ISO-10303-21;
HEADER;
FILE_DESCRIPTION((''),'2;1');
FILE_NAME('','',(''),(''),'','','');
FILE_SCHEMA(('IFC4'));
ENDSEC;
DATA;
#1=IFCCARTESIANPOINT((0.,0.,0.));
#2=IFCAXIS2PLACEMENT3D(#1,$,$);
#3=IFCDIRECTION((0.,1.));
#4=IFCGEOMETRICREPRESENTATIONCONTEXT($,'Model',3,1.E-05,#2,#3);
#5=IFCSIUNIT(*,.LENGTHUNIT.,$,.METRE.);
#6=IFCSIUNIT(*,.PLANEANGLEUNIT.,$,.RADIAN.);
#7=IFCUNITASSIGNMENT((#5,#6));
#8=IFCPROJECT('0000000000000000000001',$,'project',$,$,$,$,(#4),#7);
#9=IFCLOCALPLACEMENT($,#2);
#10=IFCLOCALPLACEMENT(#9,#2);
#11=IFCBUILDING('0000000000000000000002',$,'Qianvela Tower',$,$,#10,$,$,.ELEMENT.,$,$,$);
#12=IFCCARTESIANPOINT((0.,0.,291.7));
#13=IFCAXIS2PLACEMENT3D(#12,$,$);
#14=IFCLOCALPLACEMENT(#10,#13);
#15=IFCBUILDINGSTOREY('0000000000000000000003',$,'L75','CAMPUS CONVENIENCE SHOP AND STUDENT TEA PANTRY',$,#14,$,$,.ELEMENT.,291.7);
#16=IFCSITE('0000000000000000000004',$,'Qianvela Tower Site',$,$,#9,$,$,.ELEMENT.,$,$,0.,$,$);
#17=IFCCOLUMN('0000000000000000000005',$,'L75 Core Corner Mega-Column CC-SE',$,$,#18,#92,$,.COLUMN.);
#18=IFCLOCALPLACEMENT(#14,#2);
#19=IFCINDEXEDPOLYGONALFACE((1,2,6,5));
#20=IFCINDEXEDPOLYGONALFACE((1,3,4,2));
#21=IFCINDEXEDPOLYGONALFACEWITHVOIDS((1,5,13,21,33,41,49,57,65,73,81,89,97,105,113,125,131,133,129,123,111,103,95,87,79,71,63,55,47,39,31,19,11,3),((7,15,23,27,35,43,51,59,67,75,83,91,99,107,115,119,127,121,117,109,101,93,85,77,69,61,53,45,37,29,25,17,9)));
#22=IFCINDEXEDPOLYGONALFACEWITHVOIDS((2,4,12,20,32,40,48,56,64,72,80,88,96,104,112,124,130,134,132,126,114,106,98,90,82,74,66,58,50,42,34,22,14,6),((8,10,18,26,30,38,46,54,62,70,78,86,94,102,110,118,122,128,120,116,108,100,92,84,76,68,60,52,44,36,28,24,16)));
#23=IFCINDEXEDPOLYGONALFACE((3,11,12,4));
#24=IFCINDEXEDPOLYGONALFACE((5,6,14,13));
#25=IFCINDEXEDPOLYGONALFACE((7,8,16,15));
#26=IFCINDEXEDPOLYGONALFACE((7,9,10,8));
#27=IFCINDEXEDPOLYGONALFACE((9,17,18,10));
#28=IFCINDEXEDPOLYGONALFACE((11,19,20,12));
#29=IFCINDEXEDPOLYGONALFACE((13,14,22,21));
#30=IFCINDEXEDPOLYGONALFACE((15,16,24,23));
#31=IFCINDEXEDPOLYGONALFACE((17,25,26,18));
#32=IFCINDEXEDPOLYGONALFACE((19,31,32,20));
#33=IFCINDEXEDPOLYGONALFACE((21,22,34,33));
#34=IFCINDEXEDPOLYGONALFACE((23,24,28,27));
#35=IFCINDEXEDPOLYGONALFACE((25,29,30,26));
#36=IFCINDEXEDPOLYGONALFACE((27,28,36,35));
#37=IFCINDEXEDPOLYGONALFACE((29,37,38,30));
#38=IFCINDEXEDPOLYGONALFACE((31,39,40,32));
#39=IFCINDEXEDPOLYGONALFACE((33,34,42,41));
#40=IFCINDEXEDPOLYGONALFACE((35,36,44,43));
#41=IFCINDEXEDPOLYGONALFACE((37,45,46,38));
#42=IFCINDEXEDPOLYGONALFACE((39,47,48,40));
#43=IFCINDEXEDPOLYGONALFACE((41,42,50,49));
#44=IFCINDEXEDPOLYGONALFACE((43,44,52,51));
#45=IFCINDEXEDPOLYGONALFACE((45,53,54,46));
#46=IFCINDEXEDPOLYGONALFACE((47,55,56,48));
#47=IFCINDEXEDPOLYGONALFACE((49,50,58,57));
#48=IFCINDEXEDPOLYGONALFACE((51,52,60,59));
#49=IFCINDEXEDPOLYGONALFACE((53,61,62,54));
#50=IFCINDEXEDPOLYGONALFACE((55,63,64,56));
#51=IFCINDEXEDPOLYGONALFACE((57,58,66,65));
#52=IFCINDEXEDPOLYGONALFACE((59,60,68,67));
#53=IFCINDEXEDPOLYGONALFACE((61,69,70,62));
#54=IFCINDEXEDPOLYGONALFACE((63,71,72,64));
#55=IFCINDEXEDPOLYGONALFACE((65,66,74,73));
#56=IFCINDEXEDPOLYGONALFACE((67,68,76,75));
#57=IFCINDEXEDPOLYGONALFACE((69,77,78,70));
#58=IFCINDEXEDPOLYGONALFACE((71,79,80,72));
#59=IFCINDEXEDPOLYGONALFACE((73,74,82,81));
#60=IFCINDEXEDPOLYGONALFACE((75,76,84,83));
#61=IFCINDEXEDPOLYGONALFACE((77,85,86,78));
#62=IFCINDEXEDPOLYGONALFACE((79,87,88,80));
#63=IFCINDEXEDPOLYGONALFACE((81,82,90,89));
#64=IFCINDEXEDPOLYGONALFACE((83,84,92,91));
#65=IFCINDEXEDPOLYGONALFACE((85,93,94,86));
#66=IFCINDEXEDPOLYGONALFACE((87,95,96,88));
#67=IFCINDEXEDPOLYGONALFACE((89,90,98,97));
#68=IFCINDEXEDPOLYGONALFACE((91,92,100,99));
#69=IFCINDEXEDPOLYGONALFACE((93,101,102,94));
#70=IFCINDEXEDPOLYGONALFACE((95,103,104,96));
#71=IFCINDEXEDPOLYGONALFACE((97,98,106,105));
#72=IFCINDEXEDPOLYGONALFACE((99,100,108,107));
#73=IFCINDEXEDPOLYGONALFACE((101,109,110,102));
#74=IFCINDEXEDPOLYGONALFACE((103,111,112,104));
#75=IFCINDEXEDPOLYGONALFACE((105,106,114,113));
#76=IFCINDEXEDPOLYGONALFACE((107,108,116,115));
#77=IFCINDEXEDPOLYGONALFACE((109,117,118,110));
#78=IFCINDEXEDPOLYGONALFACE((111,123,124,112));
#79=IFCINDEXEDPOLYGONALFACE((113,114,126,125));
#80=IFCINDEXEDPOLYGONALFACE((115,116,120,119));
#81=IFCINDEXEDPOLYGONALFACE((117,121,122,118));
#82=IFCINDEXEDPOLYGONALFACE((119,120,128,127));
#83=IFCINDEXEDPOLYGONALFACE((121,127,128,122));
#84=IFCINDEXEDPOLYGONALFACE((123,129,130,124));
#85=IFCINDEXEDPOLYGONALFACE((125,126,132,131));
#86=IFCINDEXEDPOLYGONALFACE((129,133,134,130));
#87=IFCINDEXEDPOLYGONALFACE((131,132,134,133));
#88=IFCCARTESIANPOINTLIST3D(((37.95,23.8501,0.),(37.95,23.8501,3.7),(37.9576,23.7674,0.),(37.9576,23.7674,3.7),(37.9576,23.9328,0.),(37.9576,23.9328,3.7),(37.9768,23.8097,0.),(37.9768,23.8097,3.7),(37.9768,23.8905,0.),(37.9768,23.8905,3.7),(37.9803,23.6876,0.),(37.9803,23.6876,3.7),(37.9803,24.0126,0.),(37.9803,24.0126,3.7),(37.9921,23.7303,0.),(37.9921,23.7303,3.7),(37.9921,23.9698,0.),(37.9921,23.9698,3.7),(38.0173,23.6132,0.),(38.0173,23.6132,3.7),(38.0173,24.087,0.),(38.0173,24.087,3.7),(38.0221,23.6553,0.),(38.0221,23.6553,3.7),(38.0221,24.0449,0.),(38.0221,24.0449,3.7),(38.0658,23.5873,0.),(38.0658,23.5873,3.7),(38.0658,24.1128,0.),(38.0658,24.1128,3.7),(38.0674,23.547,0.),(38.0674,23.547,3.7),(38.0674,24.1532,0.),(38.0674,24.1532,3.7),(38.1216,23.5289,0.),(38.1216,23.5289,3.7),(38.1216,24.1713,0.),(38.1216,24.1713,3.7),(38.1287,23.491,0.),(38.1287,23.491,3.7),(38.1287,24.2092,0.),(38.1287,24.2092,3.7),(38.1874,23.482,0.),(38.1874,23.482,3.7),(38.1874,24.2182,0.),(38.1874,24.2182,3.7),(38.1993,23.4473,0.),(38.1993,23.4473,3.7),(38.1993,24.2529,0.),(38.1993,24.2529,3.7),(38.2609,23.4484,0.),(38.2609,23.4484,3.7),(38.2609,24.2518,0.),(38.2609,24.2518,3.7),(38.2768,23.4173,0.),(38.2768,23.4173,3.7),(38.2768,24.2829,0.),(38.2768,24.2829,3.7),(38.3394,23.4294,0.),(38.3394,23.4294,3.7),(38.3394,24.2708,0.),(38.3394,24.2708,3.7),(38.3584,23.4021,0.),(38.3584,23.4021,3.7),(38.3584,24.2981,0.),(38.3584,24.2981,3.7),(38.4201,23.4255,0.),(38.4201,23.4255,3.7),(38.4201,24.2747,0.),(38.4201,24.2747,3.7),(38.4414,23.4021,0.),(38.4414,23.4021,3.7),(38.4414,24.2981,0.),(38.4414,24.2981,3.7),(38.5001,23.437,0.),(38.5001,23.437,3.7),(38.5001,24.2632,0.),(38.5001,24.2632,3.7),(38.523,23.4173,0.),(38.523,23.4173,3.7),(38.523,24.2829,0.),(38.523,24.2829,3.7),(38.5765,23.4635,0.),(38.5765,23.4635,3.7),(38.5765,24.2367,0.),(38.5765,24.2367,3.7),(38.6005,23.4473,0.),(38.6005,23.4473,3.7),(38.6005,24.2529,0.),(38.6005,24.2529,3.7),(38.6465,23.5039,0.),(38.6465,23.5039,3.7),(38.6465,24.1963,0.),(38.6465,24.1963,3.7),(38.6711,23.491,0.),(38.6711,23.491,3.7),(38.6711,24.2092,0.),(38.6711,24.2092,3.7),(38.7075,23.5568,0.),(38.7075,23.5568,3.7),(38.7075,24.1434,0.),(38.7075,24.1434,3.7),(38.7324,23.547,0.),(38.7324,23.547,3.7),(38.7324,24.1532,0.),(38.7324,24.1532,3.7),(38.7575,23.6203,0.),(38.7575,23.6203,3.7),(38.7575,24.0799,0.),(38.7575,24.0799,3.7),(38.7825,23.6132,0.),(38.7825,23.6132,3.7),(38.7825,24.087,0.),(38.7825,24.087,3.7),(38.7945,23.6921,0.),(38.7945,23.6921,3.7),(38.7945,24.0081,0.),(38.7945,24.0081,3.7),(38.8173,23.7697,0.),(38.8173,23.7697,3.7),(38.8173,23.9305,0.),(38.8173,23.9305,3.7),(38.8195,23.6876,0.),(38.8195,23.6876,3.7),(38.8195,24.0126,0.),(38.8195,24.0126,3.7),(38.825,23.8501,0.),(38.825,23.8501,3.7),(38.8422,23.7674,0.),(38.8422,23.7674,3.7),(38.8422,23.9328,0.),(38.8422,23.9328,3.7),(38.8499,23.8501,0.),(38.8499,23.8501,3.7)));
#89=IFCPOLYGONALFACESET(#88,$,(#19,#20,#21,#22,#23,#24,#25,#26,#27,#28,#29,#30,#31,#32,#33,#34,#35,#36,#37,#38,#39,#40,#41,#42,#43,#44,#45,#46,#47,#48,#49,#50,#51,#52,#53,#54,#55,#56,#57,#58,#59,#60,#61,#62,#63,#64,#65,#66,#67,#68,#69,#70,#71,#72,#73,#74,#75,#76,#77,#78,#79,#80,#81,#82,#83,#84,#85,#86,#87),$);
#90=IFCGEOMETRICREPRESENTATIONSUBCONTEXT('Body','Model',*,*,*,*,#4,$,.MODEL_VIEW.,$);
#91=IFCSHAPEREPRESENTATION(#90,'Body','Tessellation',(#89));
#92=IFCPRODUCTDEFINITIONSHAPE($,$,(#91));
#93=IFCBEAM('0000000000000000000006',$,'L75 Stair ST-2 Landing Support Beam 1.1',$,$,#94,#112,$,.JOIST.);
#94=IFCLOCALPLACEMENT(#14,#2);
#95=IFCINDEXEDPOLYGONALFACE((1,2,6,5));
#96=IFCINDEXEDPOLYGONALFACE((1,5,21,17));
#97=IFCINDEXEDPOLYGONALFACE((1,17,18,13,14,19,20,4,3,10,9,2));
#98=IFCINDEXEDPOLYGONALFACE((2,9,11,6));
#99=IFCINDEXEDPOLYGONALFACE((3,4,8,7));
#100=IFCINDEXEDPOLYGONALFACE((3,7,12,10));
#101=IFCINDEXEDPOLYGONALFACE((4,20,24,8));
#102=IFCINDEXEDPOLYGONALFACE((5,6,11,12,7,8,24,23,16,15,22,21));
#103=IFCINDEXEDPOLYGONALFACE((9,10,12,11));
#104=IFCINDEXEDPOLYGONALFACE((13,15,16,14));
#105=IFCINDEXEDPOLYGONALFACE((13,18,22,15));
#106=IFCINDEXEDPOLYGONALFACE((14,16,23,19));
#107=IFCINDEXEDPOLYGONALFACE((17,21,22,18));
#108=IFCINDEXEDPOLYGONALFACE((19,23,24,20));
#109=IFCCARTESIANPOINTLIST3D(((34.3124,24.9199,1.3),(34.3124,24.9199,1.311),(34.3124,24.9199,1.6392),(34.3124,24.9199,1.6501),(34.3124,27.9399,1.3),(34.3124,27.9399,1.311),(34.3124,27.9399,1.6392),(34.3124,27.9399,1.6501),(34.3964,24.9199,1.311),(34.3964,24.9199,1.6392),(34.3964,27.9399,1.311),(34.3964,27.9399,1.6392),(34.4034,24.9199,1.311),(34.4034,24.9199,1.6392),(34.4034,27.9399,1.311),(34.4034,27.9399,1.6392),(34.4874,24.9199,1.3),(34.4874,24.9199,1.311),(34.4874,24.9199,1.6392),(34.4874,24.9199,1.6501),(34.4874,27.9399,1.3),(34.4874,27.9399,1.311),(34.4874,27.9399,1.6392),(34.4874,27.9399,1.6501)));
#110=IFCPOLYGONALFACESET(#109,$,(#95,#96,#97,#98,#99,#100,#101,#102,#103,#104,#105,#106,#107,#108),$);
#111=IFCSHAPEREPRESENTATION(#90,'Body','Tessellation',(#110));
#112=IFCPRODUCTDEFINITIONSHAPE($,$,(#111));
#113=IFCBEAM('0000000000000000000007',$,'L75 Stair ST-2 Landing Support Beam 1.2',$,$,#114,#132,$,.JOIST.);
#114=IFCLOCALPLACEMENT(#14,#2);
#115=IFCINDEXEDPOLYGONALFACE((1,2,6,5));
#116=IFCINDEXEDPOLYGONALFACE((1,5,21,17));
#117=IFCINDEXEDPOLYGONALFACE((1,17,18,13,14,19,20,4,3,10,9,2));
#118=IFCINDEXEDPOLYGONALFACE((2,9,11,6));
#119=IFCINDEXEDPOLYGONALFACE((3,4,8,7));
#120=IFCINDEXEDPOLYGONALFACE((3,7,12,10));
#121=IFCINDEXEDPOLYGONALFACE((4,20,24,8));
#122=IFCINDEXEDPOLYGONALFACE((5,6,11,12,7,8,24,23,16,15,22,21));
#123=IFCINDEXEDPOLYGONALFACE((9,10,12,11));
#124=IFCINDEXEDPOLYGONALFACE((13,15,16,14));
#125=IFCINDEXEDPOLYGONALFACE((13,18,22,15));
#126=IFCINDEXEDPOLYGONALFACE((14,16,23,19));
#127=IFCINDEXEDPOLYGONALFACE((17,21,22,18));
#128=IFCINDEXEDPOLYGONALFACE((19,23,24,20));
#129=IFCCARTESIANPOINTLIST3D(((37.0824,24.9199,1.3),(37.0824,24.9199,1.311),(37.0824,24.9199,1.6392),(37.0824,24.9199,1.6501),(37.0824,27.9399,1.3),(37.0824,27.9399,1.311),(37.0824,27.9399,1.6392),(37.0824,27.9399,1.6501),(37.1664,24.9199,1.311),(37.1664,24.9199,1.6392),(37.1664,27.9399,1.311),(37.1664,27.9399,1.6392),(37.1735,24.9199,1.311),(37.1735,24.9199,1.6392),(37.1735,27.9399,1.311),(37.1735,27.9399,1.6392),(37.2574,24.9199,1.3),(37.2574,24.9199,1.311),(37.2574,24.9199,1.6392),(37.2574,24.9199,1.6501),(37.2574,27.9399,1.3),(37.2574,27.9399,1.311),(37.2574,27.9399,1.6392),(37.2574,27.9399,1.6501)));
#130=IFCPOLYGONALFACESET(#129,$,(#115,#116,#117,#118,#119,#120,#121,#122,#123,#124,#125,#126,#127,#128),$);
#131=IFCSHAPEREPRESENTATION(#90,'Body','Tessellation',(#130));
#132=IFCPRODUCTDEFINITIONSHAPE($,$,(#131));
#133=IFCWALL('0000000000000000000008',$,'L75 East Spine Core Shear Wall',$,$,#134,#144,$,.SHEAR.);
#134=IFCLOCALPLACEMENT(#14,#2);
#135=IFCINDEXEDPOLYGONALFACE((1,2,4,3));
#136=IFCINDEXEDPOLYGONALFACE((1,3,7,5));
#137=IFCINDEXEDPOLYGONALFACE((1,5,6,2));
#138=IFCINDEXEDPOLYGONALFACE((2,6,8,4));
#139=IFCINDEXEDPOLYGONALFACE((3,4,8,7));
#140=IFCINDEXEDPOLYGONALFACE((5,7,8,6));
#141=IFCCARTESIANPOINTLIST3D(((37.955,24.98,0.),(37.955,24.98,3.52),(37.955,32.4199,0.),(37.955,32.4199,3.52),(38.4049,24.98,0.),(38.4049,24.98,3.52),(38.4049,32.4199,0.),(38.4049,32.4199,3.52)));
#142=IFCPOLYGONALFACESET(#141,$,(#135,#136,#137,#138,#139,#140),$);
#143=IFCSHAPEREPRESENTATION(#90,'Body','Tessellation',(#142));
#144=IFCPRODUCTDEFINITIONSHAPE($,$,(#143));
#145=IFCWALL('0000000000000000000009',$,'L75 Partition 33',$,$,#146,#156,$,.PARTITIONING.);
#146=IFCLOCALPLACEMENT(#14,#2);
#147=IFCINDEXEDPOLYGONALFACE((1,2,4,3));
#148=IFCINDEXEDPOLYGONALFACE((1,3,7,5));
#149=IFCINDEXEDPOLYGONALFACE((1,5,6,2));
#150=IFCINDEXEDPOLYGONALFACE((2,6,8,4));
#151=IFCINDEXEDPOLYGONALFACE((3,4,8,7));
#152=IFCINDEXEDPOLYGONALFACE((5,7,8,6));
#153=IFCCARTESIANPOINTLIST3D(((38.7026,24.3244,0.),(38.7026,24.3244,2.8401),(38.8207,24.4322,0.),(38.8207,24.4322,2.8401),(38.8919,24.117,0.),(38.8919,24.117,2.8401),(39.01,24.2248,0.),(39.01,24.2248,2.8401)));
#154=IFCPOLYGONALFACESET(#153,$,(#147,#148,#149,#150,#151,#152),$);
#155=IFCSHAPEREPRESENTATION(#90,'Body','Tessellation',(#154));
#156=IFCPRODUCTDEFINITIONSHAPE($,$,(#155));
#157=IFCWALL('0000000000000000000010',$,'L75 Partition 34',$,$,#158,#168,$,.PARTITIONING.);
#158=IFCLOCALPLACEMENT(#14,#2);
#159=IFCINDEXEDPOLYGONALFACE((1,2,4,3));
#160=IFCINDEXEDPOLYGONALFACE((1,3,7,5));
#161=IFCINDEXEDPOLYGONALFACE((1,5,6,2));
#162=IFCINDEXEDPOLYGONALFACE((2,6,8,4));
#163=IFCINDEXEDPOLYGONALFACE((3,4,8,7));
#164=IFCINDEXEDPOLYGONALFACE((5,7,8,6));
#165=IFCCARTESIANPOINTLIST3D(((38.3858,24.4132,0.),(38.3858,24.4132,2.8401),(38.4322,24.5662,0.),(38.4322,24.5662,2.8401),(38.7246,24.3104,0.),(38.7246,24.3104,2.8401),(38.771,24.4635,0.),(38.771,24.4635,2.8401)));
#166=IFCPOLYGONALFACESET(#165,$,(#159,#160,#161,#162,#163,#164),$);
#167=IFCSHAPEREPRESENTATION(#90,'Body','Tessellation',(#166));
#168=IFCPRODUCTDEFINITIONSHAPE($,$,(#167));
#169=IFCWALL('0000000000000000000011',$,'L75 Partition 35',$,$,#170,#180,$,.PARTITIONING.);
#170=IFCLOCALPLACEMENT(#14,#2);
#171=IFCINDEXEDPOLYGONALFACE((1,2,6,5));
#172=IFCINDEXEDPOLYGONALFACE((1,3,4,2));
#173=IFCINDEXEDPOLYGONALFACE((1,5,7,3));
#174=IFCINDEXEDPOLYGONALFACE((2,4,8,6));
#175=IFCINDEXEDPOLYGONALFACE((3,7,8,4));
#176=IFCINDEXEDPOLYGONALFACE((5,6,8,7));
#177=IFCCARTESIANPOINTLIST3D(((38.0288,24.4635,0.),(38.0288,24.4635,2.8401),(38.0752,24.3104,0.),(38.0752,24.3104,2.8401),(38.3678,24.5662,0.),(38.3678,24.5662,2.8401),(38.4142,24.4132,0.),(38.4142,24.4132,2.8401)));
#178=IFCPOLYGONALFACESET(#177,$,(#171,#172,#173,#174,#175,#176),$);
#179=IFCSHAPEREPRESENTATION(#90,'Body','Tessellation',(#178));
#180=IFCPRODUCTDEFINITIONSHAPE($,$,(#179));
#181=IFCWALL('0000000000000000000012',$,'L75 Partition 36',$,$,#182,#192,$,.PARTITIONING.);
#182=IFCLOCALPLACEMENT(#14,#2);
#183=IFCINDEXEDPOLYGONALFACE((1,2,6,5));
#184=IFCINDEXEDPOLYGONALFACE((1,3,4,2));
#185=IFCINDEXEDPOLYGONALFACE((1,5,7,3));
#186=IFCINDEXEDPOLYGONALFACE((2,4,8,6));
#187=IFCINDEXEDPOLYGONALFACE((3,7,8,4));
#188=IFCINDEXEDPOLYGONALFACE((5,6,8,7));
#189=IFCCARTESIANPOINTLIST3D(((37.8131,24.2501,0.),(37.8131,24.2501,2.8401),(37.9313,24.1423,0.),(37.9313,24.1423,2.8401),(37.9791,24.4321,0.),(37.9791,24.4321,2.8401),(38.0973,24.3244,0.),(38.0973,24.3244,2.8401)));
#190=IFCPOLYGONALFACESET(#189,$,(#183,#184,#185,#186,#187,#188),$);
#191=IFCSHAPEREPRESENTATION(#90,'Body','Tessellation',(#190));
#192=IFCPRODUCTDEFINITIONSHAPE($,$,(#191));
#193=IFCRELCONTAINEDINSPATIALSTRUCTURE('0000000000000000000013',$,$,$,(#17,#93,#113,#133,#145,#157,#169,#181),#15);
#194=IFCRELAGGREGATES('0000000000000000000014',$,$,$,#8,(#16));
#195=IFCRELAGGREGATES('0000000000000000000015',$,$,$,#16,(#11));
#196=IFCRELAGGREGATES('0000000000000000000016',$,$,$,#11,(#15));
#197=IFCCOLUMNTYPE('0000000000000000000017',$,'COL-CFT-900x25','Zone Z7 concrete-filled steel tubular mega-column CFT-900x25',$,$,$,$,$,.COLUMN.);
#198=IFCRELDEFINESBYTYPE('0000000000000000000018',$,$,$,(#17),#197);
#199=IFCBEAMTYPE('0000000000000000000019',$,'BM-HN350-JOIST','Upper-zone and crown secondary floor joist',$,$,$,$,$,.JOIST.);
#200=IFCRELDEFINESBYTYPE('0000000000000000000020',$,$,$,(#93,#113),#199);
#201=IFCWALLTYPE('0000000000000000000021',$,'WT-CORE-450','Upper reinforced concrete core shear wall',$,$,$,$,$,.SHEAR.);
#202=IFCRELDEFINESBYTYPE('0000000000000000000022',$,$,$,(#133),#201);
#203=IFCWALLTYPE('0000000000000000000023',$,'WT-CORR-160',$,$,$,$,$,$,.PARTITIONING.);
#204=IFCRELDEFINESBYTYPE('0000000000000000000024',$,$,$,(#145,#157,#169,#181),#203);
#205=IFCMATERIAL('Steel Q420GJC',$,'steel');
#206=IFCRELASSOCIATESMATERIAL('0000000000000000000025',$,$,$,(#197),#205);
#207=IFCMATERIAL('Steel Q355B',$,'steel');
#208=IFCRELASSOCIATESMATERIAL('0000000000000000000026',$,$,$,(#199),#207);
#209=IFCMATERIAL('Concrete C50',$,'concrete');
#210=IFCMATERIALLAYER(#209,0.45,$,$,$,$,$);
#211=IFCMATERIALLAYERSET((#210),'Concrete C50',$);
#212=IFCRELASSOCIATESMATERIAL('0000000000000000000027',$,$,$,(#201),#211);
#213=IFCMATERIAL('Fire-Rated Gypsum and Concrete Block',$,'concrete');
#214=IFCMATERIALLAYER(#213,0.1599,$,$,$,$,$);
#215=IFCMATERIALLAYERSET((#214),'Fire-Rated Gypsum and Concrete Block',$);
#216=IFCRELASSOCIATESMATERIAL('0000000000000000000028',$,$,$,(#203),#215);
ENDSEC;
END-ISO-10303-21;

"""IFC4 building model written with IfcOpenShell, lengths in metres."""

from ifc_helpers import new_model, si_unit, direction, frame, frame_2d, origin, origin_2d, place, context, subcontext, project, spatial, rectangle, hollow_circle, i_section, extrude, material, layer, layer_set, material_profile, profile_set, type_object, element, save


model = new_model("IFC4")

# Units and contexts
model_context = context("Model", 3, precision=1e-05, world=origin(), true_north=direction((0.0, 1.0)))
body_context = subcontext(model_context, "Body", "Model", "MODEL_VIEW")
ifc_project = project(units=[si_unit("LENGTHUNIT", "METRE"), si_unit("PLANEANGLEUNIT", "RADIAN")], contexts=[model_context])

# Site, building, storey
site_placement = place(None, origin())
site = spatial("IfcSite", under=ifc_project, at=site_placement, Name="Qianvela Tower Site", CompositionType="ELEMENT", RefElevation=0.0)
building_placement = place(site_placement, origin())
building = spatial("IfcBuilding", under=site, at=building_placement, Name="Qianvela Tower", CompositionType="ELEMENT")
storey_placement = place(building_placement, frame((0.0, 0.0, 291.7)))
storey = spatial("IfcBuildingStorey", under=building, at=storey_placement, Name="L75", Description="CAMPUS CONVENIENCE SHOP AND STUDENT TEA PANTRY", CompositionType="ELEMENT", Elevation=291.7)

# Column
ifc_material_1 = material(Name="Steel Q420GJC", Category="steel")
ifc_material_profile_1 = material_profile(ifc_material_1, hollow_circle(Radius=0.45, WallThickness=0.0249, at=origin_2d()), Name="CFT-900x25")
ifc_profile_set_1 = profile_set([ifc_material_profile_1], Name="Steel Q420GJC")
column_type = type_object("IfcColumnType", Name="COL-CFT-900x25", Description="Zone Z7 concrete-filled steel tubular mega-column CFT-900x25", PredefinedType="COLUMN", material=ifc_profile_set_1)
column_placement = place(storey_placement, frame((38.3999, 23.8501, 0.0), z_axis=(0.0, 0.0, 1.0), x_axis=(1.0, 0.0, 0.0)))
element("IfcColumn", 1, at=column_placement, inside=storey, type_object=column_type, Name="L75 Core Corner Mega-Column CC-SE", PredefinedType="COLUMN", context=body_context, shape_type="SweptSolid", body=[
    extrude(hollow_circle(Radius=0.45, WallThickness=0.0249, at=origin_2d()), origin(), (0.0, 0.0, 1.0), 3.7),
])

# Beams
ifc_material_2 = material(Name="Steel Q355B", Category="steel")
ifc_material_profile_2 = material_profile(ifc_material_2, i_section(OverallWidth=0.175, OverallDepth=0.3501, WebThickness=0.0071, FlangeThickness=0.011, at=origin_2d()), Name="HN350x175x7x11")
ifc_profile_set_2 = profile_set([ifc_material_profile_2], Name="Steel Q355B")
beam_type = type_object("IfcBeamType", Name="BM-HN350-JOIST", Description="Upper-zone and crown secondary floor joist", PredefinedType="JOIST", material=ifc_profile_set_2)
for number, where, z_axis, x_axis, name in (
    (2, (34.3999, 24.9199, 1.4751), (0.0, 1.0, 0.0), (-1.0, 0.0, 0.0), "L75 Stair ST-2 Landing Support Beam 1.1"),
    (3, (37.1699, 24.9199, 1.4751), (0.0, 1.0, 0.0), (-1.0, 0.0, 0.0), "L75 Stair ST-2 Landing Support Beam 1.2"),
):
    element("IfcBeam", number, at=place(storey_placement, frame(where, z_axis=z_axis, x_axis=x_axis)), inside=storey, type_object=beam_type, Name=name, PredefinedType="JOIST", context=body_context, shape_type="SweptSolid", body=[
        extrude(i_section(OverallWidth=0.175, OverallDepth=0.3501, WebThickness=0.0071, FlangeThickness=0.011, at=origin_2d()), origin(), (0.0, 0.0, 1.0), 3.02),
    ])

# Walls
ifc_material_3 = material(Name="Concrete C50", Category="concrete")
ifc_layer_1 = layer(ifc_material_3, 0.45)
ifc_layer_set_1 = layer_set([ifc_layer_1], Name="Concrete C50")
wall_type_1 = type_object("IfcWallType", Name="WT-CORE-450", Description="Upper reinforced concrete core shear wall", PredefinedType="SHEAR", material=ifc_layer_set_1)
wall_1_placement = place(storey_placement, frame((38.1799, 24.98, 0.0), z_axis=(0.0, 0.0, 1.0), x_axis=(0.0, 1.0, 0.0)))
element("IfcWall", 4, at=wall_1_placement, inside=storey, type_object=wall_type_1, Name="L75 East Spine Core Shear Wall", PredefinedType="SHEAR", context=body_context, shape_type="SweptSolid", body=[
    extrude(rectangle(XDim=7.4399, YDim=0.45, at=frame_2d((3.72, 0.0))), origin(), (0.0, 0.0, 1.0), 3.52),
])
ifc_material_4 = material(Name="Fire-Rated Gypsum and Concrete Block", Category="concrete")
ifc_layer_2 = layer(ifc_material_4, 0.1599)
ifc_layer_set_2 = layer_set([ifc_layer_2], Name="Fire-Rated Gypsum and Concrete Block")
wall_type_2 = type_object("IfcWallType", Name="WT-CORR-160", PredefinedType="PARTITIONING", material=ifc_layer_set_2)
wall_2_placement = place(storey_placement, frame((38.9509, 24.1709, 0.0), z_axis=(0.0, 0.0, 1.0), x_axis=(-0.674187, 0.738561, 0.0)))
element("IfcWall", 5, at=wall_2_placement, inside=storey, type_object=wall_type_2, Name="L75 Partition 33", PredefinedType="PARTITIONING", context=body_context, shape_type="SweptSolid", body=[
    extrude(rectangle(XDim=0.2808, YDim=0.1599, at=frame_2d((0.1404, 0.0))), origin(), (0.0, 0.0, 1.0), 2.8401),
])
wall_3_placement = place(storey_placement, frame((38.7478, 24.387, 0.0), z_axis=(0.0, 0.0, 1.0), x_axis=(-0.956949, 0.290256, 0.0)))
element("IfcWall", 6, at=wall_3_placement, inside=storey, type_object=wall_type_2, Name="L75 Partition 34", PredefinedType="PARTITIONING", context=body_context, shape_type="SweptSolid", body=[
    extrude(rectangle(XDim=0.354, YDim=0.1599, at=frame_2d((0.177, 0.0))), origin(), (0.0, 0.0, 1.0), 2.8401),
])
wall_4_placement = place(storey_placement, frame((38.3911, 24.4897, 0.0), z_axis=(0.0, 0.0, 1.0), x_axis=(-0.957007, -0.290065, 0.0)))
element("IfcWall", 7, at=wall_4_placement, inside=storey, type_object=wall_type_2, Name="L75 Partition 35", PredefinedType="PARTITIONING", context=body_context, shape_type="SweptSolid", body=[
    extrude(rectangle(XDim=0.3542, YDim=0.1599, at=frame_2d((0.1772, 0.0))), origin(), (0.0, 0.0, 1.0), 2.8401),
])
wall_5_placement = place(storey_placement, frame((38.0381, 24.3782, 0.0), z_axis=(0.0, 0.0, 1.0), x_axis=(-0.673658, -0.739043, 0.0)))
element("IfcWall", 8, at=wall_5_placement, inside=storey, type_object=wall_type_2, Name="L75 Partition 36", PredefinedType="PARTITIONING", context=body_context, shape_type="SweptSolid", body=[
    extrude(rectangle(XDim=0.2463, YDim=0.1599, at=frame_2d((0.123, 0.0))), origin(), (0.0, 0.0, 1.0), 2.8401),
])

save(model, "model.ifc")
